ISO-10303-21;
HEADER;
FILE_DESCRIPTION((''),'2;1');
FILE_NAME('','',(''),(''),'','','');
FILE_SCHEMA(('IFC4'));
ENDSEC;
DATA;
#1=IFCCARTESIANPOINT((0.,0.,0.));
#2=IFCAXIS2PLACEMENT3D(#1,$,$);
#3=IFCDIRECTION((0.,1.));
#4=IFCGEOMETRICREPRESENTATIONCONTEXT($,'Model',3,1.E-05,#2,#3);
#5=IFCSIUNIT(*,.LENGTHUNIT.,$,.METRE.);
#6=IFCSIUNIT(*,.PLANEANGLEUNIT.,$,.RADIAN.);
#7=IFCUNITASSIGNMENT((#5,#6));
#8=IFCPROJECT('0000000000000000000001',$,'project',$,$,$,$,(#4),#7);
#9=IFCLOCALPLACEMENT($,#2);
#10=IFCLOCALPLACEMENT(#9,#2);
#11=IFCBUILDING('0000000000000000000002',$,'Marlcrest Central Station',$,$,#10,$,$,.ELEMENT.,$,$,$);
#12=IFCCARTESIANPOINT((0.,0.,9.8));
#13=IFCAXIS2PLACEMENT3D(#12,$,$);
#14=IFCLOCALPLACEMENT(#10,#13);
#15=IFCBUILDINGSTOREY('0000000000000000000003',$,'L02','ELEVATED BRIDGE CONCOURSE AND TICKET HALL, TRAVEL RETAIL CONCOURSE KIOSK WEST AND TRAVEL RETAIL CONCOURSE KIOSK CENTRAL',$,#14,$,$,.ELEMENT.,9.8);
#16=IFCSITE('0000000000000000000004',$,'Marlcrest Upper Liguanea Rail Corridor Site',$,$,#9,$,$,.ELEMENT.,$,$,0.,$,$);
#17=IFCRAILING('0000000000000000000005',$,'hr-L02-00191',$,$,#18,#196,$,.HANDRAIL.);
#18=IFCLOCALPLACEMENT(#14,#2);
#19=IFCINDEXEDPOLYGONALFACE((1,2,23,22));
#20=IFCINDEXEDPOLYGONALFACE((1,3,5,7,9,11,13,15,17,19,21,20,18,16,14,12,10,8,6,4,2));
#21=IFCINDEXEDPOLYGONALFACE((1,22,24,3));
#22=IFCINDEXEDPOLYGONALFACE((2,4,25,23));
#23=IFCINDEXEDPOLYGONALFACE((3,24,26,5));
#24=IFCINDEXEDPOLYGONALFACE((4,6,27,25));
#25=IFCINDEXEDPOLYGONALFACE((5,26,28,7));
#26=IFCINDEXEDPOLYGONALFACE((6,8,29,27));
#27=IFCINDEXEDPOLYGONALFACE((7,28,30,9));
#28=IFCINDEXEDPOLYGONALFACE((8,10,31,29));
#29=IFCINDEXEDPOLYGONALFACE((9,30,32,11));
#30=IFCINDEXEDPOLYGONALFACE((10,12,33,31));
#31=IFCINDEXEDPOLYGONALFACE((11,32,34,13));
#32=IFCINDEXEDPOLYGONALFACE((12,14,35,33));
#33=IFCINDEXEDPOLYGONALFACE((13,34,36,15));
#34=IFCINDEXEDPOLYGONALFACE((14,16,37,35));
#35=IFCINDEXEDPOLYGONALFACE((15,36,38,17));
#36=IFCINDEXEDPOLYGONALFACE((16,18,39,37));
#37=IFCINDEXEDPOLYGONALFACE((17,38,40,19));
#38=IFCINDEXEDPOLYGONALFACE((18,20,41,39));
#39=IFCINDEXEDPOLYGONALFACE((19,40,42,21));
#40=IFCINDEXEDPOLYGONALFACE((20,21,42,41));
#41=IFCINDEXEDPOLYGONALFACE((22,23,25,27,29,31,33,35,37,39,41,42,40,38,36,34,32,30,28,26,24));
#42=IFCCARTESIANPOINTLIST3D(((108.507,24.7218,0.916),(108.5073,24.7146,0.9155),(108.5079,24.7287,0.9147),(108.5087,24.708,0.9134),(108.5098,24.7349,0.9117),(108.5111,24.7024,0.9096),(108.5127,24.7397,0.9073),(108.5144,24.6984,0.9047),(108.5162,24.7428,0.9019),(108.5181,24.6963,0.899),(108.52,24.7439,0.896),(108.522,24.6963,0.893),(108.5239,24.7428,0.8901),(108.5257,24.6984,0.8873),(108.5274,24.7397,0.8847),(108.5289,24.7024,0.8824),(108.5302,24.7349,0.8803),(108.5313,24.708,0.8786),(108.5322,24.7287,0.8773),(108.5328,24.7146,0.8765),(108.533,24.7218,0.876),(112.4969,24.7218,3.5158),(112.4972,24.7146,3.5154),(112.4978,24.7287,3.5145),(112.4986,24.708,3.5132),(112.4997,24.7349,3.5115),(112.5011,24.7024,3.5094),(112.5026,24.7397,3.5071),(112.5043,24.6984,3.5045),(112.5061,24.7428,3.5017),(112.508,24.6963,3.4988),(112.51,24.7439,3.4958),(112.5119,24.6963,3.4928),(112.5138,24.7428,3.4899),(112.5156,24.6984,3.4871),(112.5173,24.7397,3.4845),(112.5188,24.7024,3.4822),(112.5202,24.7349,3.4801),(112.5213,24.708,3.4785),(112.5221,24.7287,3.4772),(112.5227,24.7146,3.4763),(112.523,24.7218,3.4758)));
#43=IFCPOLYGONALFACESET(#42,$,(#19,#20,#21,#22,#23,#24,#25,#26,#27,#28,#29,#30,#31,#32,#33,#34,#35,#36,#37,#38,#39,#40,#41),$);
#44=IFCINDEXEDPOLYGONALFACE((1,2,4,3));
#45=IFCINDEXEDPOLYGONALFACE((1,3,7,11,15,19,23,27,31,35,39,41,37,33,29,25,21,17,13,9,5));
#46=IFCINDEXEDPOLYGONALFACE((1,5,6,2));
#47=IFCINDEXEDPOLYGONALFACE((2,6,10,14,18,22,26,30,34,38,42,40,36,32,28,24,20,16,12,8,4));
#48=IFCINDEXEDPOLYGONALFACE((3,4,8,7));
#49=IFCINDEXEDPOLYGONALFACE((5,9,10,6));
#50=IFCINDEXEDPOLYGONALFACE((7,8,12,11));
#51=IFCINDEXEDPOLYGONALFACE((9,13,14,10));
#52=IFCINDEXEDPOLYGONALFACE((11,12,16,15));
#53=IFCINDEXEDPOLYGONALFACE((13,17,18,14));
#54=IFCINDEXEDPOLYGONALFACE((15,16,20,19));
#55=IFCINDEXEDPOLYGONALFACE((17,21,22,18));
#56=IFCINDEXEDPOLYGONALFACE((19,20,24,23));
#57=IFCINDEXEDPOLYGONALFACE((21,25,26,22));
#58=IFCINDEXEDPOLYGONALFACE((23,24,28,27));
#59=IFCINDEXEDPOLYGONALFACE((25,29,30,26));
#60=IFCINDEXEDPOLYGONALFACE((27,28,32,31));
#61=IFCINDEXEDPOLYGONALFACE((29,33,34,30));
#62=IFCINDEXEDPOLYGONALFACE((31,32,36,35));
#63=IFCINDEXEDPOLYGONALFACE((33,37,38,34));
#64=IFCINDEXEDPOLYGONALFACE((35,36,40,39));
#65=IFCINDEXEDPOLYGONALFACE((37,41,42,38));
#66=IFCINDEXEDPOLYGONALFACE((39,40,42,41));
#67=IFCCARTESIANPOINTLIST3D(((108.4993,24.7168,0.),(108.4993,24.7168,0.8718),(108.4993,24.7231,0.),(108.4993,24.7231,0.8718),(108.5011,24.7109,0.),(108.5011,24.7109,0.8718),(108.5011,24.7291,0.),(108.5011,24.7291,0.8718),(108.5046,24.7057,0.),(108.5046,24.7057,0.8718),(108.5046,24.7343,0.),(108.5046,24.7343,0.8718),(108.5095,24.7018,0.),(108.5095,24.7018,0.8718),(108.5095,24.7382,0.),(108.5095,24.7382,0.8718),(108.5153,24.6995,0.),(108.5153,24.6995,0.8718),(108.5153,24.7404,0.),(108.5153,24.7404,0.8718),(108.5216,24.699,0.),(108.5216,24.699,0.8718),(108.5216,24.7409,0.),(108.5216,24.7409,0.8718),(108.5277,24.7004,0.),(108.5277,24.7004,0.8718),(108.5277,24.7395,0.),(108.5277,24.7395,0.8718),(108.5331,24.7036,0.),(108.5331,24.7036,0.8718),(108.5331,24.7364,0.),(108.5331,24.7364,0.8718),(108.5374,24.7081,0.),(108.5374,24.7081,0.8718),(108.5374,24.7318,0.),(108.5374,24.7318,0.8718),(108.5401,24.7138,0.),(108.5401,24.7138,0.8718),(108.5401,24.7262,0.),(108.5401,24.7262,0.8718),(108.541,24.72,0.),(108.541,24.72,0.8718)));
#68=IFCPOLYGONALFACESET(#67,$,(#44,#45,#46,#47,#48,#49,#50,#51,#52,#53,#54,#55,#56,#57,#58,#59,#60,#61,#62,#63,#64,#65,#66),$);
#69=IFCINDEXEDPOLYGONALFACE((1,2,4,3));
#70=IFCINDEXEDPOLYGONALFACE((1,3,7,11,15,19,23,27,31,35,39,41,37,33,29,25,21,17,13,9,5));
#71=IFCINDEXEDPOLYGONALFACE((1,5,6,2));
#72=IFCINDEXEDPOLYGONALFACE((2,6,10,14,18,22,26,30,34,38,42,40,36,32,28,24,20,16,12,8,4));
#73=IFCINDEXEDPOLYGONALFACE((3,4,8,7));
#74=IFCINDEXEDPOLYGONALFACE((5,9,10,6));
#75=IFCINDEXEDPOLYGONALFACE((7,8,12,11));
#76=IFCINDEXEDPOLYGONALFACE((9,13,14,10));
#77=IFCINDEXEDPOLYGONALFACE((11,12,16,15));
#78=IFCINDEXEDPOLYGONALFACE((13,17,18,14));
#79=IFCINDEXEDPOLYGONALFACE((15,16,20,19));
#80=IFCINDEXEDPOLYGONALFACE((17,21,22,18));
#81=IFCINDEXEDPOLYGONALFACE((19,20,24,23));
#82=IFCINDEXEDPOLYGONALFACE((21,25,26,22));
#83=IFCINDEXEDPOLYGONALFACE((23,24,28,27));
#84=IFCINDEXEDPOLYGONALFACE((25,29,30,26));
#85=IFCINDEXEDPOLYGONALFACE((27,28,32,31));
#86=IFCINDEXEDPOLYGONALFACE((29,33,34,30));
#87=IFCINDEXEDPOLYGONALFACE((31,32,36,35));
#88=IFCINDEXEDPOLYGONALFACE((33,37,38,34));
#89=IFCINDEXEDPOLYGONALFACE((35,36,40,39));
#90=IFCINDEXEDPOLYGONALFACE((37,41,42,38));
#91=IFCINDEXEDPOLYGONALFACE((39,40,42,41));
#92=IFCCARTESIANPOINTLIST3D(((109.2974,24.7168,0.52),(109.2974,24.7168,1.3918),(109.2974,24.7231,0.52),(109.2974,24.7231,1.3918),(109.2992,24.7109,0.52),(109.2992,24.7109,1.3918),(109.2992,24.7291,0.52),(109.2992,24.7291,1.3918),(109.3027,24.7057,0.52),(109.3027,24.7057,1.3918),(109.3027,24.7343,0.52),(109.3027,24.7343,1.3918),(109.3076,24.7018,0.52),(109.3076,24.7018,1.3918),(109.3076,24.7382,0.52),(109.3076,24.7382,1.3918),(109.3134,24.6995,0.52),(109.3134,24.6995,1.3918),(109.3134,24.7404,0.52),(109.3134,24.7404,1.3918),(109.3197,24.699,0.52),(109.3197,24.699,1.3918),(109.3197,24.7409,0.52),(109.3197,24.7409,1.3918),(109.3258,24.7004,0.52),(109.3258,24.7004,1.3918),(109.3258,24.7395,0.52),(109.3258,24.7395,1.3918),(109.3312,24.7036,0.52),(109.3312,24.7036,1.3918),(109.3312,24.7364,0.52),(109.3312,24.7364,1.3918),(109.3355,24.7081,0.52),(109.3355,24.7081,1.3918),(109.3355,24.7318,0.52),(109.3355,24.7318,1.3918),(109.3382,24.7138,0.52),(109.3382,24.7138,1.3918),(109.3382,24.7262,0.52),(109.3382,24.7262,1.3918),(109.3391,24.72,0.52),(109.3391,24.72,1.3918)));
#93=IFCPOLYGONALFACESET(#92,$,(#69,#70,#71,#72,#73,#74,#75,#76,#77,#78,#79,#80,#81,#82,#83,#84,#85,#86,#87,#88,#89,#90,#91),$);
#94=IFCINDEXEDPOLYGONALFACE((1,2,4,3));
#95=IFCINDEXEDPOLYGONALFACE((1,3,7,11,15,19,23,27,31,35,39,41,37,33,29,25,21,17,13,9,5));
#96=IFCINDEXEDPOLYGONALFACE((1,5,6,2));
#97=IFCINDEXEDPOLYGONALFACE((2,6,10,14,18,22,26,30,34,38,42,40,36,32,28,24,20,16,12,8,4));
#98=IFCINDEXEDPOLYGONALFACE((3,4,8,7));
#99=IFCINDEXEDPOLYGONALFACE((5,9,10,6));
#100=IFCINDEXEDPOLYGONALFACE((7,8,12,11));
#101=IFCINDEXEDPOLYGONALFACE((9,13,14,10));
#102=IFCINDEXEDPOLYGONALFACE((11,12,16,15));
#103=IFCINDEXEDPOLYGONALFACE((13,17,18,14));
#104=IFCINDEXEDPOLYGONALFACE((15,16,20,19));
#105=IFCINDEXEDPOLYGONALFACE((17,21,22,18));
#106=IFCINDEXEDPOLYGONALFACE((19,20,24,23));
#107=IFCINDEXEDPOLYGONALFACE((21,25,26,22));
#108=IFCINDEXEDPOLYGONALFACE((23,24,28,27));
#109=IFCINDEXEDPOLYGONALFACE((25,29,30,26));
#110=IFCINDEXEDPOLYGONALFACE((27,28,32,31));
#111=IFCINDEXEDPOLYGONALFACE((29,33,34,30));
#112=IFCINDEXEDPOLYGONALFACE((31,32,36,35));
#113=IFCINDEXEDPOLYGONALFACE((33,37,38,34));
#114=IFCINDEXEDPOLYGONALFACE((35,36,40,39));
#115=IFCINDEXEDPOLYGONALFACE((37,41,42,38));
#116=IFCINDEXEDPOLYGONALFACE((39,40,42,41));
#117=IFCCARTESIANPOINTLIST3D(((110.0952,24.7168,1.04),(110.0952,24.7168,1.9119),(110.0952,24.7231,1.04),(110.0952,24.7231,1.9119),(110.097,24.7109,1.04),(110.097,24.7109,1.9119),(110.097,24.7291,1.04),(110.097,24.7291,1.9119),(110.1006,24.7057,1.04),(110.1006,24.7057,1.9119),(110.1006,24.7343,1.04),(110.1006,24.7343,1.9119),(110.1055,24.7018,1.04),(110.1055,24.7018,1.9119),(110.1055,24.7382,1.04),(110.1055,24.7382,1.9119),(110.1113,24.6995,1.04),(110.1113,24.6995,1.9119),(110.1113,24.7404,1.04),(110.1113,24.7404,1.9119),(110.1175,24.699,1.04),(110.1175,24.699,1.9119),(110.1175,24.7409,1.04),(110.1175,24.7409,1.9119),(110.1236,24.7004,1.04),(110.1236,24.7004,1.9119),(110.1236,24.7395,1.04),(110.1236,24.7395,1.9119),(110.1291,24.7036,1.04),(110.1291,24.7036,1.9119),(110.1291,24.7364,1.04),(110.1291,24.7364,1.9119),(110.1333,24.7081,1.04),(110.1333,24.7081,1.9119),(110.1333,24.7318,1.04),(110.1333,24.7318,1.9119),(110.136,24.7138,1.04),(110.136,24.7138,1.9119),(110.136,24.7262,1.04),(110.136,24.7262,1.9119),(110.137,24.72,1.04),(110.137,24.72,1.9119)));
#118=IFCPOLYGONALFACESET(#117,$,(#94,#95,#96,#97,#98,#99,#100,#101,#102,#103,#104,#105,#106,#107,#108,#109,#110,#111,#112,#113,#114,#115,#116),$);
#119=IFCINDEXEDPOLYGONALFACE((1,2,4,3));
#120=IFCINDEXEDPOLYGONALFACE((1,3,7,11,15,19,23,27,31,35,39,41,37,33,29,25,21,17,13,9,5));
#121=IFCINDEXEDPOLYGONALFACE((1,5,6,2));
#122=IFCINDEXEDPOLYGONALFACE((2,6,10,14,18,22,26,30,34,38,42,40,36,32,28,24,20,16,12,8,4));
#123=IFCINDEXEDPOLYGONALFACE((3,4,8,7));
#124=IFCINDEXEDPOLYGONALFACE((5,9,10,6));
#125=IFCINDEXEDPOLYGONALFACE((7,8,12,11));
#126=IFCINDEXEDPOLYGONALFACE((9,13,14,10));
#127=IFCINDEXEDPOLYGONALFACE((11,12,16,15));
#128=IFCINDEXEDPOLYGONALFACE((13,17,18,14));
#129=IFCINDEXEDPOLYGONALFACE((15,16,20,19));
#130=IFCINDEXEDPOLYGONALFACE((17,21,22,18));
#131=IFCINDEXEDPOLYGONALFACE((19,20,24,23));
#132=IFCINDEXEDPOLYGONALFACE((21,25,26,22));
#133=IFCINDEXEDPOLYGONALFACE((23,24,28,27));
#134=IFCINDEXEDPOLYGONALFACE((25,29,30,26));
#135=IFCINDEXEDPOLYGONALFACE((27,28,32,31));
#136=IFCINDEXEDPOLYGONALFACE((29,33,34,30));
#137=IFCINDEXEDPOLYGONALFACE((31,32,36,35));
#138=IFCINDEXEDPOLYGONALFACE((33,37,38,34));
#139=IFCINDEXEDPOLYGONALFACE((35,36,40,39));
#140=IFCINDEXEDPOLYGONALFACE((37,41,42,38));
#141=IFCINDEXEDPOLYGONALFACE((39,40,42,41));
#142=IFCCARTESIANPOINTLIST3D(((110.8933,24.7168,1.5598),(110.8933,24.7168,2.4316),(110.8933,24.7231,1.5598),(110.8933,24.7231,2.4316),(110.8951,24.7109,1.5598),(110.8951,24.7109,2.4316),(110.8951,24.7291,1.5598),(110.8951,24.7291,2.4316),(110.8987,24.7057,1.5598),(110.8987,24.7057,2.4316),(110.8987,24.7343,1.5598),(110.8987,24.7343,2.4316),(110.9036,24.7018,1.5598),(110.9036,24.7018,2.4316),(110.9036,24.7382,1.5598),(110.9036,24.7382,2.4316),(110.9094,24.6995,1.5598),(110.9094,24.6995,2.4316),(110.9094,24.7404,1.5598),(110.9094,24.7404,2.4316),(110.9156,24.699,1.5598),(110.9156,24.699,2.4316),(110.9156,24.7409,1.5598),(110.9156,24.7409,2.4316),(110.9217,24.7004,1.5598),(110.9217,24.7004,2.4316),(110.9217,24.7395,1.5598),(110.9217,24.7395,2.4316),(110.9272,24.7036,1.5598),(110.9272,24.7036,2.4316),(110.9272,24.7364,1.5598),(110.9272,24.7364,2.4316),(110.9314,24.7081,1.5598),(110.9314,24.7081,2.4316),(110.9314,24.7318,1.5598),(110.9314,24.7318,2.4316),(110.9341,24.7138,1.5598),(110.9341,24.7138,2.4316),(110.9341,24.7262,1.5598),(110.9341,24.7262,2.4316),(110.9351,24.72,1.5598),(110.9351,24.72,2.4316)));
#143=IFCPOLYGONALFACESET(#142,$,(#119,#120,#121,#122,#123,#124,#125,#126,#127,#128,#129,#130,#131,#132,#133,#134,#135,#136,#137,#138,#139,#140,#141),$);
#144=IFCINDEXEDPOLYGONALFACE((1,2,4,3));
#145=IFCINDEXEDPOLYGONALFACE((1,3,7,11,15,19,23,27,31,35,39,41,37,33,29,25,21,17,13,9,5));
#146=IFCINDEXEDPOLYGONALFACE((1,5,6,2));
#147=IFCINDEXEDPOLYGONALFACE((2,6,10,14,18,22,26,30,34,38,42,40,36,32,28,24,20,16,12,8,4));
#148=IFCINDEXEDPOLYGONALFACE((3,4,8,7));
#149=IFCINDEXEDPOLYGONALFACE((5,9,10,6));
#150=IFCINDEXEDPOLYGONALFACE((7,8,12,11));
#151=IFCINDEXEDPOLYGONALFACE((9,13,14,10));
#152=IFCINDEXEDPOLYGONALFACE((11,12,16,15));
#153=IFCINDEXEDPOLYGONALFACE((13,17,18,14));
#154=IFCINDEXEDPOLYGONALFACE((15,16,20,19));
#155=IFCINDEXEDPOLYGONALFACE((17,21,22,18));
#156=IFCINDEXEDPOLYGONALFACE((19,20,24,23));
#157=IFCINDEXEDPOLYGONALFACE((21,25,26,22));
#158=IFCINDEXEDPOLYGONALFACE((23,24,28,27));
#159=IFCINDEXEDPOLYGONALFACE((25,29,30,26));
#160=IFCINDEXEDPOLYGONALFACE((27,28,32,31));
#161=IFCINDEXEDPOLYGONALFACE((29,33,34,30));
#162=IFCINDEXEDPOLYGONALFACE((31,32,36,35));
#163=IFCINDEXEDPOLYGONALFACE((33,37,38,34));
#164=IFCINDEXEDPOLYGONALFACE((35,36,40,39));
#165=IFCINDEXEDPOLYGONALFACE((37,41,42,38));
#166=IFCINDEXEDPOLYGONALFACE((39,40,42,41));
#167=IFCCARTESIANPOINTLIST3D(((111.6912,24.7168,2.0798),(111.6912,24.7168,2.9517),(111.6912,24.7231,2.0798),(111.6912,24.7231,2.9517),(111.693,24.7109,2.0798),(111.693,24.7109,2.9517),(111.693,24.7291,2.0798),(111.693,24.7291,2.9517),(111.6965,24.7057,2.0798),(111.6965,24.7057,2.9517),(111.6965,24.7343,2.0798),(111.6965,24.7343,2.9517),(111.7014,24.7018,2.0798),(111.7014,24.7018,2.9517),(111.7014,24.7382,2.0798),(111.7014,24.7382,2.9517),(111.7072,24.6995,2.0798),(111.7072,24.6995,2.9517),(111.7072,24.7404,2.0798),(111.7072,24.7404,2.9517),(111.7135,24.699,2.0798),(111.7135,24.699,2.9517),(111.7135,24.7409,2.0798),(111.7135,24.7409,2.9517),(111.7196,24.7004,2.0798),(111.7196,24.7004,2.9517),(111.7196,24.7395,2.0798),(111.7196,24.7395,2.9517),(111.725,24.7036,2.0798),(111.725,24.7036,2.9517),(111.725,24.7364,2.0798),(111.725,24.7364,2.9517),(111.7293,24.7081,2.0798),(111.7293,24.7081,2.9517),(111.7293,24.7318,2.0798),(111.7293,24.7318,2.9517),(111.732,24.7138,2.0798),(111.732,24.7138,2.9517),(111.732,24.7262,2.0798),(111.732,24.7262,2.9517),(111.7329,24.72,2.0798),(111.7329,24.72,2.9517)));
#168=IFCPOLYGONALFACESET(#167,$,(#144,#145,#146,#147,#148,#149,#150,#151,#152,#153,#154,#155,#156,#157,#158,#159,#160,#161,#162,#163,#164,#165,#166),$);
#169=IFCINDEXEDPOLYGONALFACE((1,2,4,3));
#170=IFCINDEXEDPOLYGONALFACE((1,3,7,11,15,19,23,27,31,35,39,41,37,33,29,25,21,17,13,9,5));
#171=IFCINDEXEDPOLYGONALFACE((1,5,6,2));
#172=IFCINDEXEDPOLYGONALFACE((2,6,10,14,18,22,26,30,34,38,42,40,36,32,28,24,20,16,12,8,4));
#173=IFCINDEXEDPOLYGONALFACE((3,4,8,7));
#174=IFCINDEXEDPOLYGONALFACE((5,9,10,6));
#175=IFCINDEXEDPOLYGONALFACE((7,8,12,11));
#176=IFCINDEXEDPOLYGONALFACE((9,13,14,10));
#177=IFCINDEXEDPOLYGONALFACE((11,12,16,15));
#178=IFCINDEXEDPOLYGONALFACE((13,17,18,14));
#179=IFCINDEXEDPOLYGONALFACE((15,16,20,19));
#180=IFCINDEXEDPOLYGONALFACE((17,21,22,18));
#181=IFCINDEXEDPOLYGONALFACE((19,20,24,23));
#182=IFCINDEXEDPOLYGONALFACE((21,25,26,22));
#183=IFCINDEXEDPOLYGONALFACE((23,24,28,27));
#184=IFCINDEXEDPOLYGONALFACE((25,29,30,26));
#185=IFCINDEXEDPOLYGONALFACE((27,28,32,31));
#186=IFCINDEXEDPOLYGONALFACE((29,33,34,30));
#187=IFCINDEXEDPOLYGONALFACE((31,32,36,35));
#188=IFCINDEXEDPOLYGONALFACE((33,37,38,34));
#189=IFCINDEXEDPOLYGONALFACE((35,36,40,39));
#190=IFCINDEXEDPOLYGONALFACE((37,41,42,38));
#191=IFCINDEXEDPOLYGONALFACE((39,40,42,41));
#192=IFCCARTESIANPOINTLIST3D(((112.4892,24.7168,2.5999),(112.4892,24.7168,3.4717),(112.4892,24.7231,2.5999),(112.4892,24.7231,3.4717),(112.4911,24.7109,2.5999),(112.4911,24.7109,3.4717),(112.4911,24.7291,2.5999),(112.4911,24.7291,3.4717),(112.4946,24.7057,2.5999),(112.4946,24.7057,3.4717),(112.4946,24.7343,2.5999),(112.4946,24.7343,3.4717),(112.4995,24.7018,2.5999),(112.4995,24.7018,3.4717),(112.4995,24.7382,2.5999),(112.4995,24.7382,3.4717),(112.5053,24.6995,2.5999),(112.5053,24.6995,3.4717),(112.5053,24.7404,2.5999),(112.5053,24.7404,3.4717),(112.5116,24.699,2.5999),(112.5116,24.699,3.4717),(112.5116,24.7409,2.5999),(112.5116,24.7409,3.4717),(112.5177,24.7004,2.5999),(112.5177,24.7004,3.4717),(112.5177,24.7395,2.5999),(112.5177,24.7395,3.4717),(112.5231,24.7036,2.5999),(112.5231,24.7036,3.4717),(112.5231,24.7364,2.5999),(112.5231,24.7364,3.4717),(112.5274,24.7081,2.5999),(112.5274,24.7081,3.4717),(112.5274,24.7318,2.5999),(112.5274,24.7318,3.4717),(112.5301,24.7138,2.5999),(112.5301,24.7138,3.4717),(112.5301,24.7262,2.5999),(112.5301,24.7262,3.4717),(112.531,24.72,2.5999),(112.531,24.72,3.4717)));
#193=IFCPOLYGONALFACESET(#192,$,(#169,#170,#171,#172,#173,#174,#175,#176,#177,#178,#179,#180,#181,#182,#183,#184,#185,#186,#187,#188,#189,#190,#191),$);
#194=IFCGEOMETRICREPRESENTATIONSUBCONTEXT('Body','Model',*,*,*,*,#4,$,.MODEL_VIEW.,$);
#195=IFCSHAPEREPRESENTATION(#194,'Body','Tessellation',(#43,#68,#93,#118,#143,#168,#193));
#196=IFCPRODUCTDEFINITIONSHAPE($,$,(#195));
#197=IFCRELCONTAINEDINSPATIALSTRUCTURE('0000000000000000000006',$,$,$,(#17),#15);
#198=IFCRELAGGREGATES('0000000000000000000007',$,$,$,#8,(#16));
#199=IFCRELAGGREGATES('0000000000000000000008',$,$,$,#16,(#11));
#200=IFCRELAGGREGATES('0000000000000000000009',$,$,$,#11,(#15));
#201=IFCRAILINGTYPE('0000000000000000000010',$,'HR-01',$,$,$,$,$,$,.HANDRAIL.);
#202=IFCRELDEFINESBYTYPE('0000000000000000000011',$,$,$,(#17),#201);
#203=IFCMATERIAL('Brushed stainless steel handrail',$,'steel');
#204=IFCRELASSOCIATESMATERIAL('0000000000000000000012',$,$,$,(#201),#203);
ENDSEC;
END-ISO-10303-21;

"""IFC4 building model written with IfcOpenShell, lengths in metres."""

from ifc_helpers import new_model, si_unit, direction, frame, origin, origin_2d, place, context, subcontext, project, spatial, circle, extrude, material, type_object, element, save


model = new_model("IFC4")

# Units and contexts
model_context = context("Model", 3, precision=1e-05, world=origin(), true_north=direction((0.0, 1.0)))
body_context = subcontext(model_context, "Body", "Model", "MODEL_VIEW")
ifc_project = project(units=[si_unit("LENGTHUNIT", "METRE"), si_unit("PLANEANGLEUNIT", "RADIAN")], contexts=[model_context])

# Site, building, storey
site_placement = place(None, origin())
site = spatial("IfcSite", under=ifc_project, at=site_placement, Name="Marlcrest Upper Liguanea Rail Corridor Site", CompositionType="ELEMENT", RefElevation=0.0)
building_placement = place(site_placement, origin())
building = spatial("IfcBuilding", under=site, at=building_placement, Name="Marlcrest Central Station", CompositionType="ELEMENT")
storey_placement = place(building_placement, frame((0.0, 0.0, 9.8)))
storey = spatial("IfcBuildingStorey", under=building, at=storey_placement, Name="L02", Description="ELEVATED BRIDGE CONCOURSE AND TICKET HALL, TRAVEL RETAIL CONCOURSE KIOSK WEST AND TRAVEL RETAIL CONCOURSE KIOSK CENTRAL", CompositionType="ELEMENT", Elevation=9.8)

# Railing
ifc_material_1 = material(Name="Brushed stainless steel handrail", Category="steel")
railing_type_1 = type_object("IfcRailingType", Name="HR-01", PredefinedType="HANDRAIL", material=ifc_material_1)
railing_1_placement = place(storey_placement, frame((108.52, 24.72, 0.0)))
element("IfcRailing", 1, at=railing_1_placement, inside=storey, type_object=railing_type_1, Name="hr-L02-00191", PredefinedType="HANDRAIL", context=body_context, shape_type="SweptSolid", body=[
    extrude(circle(Radius=0.0239, at=origin_2d()), frame((0.0, 0.0, 0.896), z_axis=(0.837833, 0.0, 0.545927), x_axis=(0.0, 1.0, 0.0)), (0.0, 0.0, 1.0), 4.7622),
    extrude(circle(Radius=0.021, at=origin_2d()), origin(), (0.0, 0.0, 1.0), 0.8718),
    extrude(circle(Radius=0.021, at=origin_2d()), frame((0.7981, 0.0, 0.52)), (0.0, 0.0, 1.0), 0.8718),
    extrude(circle(Radius=0.021, at=origin_2d()), frame((1.5959, 0.0, 1.04)), (0.0, 0.0, 1.0), 0.8718),
    extrude(circle(Radius=0.021, at=origin_2d()), frame((2.394, 0.0, 1.5598)), (0.0, 0.0, 1.0), 0.8718),
    extrude(circle(Radius=0.021, at=origin_2d()), frame((3.1919, 0.0, 2.0798)), (0.0, 0.0, 1.0), 0.8718),
    extrude(circle(Radius=0.021, at=origin_2d()), frame((3.99, 0.0, 2.5999)), (0.0, 0.0, 1.0), 0.8718),
])

save(model, "model.ifc")
